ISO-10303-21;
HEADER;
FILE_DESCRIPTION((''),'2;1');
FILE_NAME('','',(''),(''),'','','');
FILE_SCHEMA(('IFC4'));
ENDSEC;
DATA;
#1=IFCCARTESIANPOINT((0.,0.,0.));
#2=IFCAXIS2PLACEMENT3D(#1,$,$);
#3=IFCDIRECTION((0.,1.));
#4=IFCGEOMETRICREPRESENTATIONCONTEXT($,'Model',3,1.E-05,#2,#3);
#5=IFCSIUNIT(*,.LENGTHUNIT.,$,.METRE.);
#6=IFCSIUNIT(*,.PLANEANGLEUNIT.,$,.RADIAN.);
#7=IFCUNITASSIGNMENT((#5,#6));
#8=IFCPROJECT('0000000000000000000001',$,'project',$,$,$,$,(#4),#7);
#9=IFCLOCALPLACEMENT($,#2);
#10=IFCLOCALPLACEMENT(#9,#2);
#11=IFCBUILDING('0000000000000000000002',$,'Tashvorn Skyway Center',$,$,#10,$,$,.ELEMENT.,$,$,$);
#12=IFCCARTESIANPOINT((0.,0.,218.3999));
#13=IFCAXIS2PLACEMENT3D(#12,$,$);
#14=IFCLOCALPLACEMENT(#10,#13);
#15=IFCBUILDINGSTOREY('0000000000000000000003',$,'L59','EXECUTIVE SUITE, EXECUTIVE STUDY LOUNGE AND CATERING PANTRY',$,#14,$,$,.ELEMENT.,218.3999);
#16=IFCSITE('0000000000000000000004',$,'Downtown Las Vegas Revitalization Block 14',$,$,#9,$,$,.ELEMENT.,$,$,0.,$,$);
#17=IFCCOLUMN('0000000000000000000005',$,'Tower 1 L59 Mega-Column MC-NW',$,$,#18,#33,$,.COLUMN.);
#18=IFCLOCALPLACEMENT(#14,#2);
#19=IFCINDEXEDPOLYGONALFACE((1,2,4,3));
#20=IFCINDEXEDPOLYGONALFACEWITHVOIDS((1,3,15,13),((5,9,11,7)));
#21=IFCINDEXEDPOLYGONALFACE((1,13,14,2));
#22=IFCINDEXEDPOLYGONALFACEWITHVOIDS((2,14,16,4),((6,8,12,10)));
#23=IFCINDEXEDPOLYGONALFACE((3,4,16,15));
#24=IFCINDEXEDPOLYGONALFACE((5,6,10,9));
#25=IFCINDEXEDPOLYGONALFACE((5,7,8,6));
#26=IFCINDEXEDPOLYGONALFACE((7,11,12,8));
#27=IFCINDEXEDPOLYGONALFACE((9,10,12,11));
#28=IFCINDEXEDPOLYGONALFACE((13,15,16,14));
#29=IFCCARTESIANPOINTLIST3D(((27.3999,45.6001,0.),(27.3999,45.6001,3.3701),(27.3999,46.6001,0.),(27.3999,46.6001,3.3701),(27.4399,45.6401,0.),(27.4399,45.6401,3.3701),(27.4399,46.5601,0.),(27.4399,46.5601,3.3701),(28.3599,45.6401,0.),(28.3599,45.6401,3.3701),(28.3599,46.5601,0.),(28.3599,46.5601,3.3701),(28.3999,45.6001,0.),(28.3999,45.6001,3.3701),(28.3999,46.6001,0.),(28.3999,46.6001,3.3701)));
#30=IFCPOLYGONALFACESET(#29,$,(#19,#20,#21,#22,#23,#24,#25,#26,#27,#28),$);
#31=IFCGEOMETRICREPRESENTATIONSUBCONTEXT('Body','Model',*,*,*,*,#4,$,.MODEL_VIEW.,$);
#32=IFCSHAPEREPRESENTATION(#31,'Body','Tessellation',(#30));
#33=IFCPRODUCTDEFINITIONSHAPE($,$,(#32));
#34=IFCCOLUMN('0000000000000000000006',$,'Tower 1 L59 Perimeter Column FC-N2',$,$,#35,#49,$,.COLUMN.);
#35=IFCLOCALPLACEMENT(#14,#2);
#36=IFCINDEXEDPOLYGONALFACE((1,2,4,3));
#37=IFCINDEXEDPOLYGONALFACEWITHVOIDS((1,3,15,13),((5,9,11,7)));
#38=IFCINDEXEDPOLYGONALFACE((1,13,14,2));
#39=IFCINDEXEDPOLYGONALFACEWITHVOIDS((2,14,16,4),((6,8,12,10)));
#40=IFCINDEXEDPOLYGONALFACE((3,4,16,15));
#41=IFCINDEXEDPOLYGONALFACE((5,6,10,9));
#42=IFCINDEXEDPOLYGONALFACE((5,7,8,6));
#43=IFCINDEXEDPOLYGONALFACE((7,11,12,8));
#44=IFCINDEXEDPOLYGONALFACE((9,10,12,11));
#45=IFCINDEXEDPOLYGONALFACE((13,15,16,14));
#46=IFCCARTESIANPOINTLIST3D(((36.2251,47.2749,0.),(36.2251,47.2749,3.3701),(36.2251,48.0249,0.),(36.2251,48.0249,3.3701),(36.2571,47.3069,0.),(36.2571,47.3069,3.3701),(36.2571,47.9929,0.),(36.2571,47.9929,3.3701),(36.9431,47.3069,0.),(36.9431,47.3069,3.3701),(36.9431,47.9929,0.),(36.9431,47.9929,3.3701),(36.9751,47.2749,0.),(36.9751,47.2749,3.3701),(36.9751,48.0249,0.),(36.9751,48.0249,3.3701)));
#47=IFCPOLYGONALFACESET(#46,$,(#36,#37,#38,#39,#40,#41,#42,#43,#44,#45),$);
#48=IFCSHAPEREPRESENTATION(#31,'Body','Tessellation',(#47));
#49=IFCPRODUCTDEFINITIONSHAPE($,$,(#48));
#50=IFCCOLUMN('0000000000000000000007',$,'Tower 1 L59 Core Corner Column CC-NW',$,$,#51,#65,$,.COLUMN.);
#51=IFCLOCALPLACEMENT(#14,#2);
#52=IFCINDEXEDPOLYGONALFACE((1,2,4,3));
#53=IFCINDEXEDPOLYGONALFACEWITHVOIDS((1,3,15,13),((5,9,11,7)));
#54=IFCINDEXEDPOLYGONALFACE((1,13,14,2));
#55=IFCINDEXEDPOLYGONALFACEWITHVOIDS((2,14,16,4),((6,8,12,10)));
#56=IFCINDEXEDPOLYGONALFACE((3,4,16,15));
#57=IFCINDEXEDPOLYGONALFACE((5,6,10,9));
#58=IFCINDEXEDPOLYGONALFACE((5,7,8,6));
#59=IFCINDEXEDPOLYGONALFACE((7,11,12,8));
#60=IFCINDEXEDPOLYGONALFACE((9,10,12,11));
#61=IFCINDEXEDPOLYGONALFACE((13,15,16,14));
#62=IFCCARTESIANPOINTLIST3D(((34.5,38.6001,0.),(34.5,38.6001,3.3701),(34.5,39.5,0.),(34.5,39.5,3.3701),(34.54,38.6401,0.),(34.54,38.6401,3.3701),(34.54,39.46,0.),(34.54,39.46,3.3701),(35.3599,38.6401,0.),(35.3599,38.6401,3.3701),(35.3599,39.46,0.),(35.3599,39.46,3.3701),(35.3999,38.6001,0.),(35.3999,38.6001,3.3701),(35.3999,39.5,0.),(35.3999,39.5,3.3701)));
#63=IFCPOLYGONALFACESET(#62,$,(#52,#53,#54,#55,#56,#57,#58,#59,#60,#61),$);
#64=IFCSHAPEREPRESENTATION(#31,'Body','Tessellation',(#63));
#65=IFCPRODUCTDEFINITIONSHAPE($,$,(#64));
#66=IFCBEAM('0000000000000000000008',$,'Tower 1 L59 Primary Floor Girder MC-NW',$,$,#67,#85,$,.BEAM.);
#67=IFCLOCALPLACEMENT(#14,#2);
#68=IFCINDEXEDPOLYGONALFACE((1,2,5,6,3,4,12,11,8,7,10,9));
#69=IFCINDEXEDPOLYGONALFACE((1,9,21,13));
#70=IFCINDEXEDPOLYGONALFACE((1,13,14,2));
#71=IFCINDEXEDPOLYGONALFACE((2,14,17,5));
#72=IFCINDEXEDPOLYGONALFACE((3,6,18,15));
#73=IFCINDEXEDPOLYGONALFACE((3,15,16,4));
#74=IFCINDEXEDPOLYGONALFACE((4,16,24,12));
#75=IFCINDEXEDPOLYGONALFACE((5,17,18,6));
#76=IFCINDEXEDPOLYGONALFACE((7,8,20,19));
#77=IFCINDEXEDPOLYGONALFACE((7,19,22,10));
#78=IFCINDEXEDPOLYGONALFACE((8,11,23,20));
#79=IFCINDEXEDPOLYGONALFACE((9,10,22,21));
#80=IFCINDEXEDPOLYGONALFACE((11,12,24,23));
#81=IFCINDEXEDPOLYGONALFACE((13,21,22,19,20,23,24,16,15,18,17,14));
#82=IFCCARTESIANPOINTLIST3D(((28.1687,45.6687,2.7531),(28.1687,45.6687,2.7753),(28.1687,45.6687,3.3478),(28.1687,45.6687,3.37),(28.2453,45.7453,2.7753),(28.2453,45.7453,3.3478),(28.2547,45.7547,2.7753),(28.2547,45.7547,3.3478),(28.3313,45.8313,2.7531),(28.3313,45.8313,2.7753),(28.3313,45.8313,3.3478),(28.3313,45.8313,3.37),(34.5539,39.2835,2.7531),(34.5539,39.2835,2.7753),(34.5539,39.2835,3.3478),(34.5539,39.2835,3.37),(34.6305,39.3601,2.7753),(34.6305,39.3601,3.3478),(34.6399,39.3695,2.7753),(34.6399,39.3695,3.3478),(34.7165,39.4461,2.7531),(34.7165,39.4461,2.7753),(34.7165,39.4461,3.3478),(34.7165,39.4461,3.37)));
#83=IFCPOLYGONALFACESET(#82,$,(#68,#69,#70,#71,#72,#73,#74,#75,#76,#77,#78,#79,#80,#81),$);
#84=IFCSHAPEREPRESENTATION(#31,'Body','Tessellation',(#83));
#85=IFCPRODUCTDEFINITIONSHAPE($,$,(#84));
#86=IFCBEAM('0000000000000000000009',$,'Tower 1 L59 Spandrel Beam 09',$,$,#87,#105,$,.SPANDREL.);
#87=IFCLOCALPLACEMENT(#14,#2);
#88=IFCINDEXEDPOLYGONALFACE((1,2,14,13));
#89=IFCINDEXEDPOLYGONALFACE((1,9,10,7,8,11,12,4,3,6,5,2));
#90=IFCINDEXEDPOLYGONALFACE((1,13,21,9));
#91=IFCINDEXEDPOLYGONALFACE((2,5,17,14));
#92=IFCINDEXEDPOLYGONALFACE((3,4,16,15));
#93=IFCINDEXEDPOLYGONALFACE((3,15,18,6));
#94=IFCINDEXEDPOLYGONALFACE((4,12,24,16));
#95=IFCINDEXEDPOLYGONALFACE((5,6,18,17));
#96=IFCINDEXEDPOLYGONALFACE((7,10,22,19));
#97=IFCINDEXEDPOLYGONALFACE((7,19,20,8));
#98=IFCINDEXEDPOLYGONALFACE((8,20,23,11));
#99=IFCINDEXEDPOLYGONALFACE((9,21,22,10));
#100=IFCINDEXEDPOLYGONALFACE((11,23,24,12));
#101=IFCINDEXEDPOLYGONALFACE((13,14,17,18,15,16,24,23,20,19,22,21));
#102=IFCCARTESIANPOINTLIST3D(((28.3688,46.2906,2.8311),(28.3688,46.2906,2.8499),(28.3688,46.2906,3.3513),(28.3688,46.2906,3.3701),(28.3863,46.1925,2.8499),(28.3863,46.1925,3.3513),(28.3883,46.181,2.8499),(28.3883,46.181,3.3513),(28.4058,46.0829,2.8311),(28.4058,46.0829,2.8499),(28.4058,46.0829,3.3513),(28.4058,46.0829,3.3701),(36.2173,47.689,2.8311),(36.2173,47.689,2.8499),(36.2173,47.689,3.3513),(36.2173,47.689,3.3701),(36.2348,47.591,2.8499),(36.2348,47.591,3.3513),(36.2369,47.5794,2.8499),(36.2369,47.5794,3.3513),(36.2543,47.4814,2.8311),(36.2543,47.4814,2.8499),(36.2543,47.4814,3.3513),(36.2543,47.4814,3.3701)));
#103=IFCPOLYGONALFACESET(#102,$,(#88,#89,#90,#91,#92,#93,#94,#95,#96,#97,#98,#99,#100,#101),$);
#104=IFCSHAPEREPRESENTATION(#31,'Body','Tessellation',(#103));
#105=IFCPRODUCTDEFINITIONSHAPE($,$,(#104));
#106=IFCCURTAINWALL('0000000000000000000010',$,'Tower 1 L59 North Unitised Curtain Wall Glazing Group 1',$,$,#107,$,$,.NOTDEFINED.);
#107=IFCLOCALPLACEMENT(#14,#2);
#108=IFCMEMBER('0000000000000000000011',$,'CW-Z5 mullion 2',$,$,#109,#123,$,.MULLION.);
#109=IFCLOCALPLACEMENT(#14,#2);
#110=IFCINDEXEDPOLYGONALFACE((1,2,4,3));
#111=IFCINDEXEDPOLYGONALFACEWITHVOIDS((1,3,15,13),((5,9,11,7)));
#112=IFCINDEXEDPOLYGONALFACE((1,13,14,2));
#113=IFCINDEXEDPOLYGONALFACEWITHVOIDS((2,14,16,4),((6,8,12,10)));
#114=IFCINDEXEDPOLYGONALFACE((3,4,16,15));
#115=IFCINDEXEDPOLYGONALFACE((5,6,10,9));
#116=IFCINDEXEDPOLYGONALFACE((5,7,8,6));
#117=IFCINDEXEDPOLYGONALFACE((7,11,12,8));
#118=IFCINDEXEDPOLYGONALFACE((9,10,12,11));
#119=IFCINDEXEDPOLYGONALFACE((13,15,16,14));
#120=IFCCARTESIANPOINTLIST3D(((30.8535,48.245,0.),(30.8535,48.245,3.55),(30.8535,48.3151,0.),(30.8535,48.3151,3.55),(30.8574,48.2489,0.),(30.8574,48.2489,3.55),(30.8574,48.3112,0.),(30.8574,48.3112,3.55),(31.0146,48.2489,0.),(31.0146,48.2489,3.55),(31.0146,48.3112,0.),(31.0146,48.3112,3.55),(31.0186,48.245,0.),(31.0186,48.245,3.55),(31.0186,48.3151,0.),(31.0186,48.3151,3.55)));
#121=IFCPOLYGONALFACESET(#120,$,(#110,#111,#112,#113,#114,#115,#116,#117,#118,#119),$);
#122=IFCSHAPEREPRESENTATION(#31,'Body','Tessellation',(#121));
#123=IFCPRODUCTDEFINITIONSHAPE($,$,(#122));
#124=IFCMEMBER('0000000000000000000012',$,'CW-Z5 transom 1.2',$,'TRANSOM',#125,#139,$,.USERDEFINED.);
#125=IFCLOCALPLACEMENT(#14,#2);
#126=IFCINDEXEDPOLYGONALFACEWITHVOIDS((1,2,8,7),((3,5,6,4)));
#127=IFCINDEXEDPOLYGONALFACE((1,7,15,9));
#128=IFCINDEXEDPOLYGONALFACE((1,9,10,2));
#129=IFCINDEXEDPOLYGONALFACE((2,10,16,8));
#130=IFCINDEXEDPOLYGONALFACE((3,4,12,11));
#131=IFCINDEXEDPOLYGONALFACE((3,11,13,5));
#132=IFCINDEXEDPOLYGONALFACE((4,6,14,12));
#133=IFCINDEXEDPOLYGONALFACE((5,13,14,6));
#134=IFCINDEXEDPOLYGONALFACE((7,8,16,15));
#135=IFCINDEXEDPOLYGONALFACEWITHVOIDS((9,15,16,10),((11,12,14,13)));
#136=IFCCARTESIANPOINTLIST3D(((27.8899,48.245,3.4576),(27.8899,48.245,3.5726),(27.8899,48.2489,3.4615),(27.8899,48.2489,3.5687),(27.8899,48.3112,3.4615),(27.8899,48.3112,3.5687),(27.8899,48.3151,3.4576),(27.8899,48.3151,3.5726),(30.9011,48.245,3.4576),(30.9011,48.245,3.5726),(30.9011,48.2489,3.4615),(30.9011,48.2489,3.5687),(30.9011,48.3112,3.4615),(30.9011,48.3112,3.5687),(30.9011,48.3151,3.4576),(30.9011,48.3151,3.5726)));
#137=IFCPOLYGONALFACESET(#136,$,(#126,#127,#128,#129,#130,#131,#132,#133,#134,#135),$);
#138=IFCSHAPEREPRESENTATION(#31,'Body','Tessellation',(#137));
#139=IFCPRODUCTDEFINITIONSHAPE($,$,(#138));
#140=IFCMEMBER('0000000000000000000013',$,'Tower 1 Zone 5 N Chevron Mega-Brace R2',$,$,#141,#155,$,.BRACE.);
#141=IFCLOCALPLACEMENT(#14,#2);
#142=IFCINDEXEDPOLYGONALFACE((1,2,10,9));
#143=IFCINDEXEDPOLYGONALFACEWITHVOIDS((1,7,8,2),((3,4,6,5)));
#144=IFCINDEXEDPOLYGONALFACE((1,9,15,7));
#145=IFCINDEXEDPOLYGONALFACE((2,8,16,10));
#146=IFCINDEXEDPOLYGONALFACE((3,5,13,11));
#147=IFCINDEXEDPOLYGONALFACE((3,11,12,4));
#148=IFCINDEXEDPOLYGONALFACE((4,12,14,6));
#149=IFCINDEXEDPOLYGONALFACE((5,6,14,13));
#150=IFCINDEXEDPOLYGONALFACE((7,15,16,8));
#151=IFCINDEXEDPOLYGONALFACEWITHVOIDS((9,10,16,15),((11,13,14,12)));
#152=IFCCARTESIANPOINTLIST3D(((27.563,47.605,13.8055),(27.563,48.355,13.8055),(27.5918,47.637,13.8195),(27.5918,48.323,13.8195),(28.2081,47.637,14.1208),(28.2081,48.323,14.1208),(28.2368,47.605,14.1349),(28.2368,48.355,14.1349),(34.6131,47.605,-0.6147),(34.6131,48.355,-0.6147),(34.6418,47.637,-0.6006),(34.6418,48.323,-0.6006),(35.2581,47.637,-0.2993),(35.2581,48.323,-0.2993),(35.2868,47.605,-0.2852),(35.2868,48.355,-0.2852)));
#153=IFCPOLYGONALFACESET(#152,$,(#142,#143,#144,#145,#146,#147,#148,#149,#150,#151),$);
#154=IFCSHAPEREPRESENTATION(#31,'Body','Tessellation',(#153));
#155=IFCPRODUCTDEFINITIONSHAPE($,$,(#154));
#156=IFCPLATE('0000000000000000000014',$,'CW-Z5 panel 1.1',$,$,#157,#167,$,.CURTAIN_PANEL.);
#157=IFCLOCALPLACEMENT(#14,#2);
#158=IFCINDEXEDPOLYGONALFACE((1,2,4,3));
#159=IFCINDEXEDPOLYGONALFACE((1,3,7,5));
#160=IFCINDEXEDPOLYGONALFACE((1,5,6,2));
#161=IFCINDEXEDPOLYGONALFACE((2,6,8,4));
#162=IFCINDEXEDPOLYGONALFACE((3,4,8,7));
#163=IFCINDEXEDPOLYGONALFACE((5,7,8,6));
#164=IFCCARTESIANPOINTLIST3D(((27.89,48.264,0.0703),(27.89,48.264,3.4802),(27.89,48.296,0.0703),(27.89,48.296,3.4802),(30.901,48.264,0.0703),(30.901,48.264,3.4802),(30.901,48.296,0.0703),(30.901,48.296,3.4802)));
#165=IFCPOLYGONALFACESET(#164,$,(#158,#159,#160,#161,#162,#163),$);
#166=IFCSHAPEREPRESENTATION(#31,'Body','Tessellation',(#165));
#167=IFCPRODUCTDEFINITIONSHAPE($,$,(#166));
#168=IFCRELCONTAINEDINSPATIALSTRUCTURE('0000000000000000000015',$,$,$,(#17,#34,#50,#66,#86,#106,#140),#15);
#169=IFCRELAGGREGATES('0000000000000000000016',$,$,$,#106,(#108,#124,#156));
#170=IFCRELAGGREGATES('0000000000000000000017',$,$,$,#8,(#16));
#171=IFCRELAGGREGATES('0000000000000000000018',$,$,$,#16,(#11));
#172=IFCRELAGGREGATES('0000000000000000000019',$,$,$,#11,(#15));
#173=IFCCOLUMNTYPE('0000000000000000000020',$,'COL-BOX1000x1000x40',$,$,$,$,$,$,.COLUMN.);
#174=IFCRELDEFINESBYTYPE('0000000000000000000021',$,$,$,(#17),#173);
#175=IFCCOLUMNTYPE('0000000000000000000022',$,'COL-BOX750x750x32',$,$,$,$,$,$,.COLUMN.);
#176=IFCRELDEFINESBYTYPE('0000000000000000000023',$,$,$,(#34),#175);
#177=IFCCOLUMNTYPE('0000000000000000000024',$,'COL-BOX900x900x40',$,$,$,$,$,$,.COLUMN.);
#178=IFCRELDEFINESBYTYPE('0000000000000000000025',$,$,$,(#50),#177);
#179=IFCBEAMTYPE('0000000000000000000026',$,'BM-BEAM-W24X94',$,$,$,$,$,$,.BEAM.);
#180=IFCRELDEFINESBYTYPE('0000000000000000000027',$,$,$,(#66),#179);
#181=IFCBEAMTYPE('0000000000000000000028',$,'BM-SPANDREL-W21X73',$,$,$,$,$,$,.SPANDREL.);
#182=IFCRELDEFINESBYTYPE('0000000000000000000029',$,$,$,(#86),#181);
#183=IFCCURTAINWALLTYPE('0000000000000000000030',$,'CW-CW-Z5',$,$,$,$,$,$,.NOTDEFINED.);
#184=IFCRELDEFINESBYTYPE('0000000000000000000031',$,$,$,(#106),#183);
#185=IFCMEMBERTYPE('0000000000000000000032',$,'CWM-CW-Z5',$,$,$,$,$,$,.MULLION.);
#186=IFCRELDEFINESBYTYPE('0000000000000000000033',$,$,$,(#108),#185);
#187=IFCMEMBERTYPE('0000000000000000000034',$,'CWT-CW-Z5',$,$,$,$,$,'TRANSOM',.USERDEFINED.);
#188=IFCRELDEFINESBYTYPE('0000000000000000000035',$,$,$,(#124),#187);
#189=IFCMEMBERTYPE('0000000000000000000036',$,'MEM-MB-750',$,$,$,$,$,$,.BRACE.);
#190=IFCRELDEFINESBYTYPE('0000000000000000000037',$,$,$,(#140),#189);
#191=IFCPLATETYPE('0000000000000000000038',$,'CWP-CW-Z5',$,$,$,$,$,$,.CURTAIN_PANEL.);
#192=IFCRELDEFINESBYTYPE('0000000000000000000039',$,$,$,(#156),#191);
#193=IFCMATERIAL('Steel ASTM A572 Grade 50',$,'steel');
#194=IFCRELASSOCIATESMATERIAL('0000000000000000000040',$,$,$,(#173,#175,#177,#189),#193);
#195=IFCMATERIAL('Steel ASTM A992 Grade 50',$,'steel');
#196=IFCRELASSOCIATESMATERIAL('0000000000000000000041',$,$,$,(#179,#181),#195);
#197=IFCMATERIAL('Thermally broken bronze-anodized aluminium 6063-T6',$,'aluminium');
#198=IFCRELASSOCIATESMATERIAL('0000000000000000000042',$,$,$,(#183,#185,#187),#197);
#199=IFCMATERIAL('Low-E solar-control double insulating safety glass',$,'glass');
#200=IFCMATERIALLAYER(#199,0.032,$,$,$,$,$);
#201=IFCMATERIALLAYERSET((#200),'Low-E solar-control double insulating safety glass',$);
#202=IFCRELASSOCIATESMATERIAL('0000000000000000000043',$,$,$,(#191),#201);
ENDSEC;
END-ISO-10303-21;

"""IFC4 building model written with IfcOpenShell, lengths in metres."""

from ifc_helpers import new_model, si_unit, direction, frame, origin, origin_2d, place, context, subcontext, project, spatial, rectangle, hollow_rectangle, i_section, extrude, material, layer, layer_set, material_profile, profile_set, type_object, element, aggregate, save


model = new_model("IFC4")

# Units and contexts
model_context = context("Model", 3, precision=1e-05, world=origin(), true_north=direction((0.0, 1.0)))
body_context = subcontext(model_context, "Body", "Model", "MODEL_VIEW")
ifc_project = project(units=[si_unit("LENGTHUNIT", "METRE"), si_unit("PLANEANGLEUNIT", "RADIAN")], contexts=[model_context])

# Site, building, storey
site_placement = place(None, origin())
site = spatial("IfcSite", under=ifc_project, at=site_placement, Name="Downtown Las Vegas Revitalization Block 14", CompositionType="ELEMENT", RefElevation=0.0)
building_placement = place(site_placement, origin())
building = spatial("IfcBuilding", under=site, at=building_placement, Name="Tashvorn Skyway Center", CompositionType="ELEMENT")
storey_placement = place(building_placement, frame((0.0, 0.0, 218.3999)))
storey = spatial("IfcBuildingStorey", under=building, at=storey_placement, Name="L59", Description="EXECUTIVE SUITE, EXECUTIVE STUDY LOUNGE AND CATERING PANTRY", CompositionType="ELEMENT", Elevation=218.3999)

# Columns
ifc_material_1 = material(Name="Steel ASTM A572 Grade 50", Category="steel")
ifc_material_profile_1 = material_profile(ifc_material_1, hollow_rectangle(XDim=1.0, YDim=1.0, WallThickness=0.04, at=origin_2d()), Name="BOX1000x1000x40")
ifc_profile_set_1 = profile_set([ifc_material_profile_1], Name="Steel ASTM A572 Grade 50")
column_type_1 = type_object("IfcColumnType", Name="COL-BOX1000x1000x40", PredefinedType="COLUMN", material=ifc_profile_set_1)
column_1_placement = place(storey_placement, frame((27.8999, 46.1001, 0.0), z_axis=(0.0, 0.0, 1.0), x_axis=(1.0, 0.0, 0.0)))
element("IfcColumn", 1, at=column_1_placement, inside=storey, type_object=column_type_1, Name="Tower 1 L59 Mega-Column MC-NW", PredefinedType="COLUMN", context=body_context, shape_type="SweptSolid", body=[
    extrude(hollow_rectangle(XDim=1.0, YDim=1.0, WallThickness=0.04, at=origin_2d()), origin(), (0.0, 0.0, 1.0), 3.3701),
])
ifc_material_profile_2 = material_profile(ifc_material_1, hollow_rectangle(XDim=0.75, YDim=0.75, WallThickness=0.032, at=origin_2d()), Name="BOX750x750x32")
ifc_profile_set_2 = profile_set([ifc_material_profile_2], Name="Steel ASTM A572 Grade 50")
column_type_2 = type_object("IfcColumnType", Name="COL-BOX750x750x32", PredefinedType="COLUMN", material=ifc_profile_set_2)
column_2_placement = place(storey_placement, frame((36.6001, 47.6499, 0.0), z_axis=(0.0, 0.0, 1.0), x_axis=(1.0, 0.0, 0.0)))
element("IfcColumn", 2, at=column_2_placement, inside=storey, type_object=column_type_2, Name="Tower 1 L59 Perimeter Column FC-N2", PredefinedType="COLUMN", context=body_context, shape_type="SweptSolid", body=[
    extrude(hollow_rectangle(XDim=0.75, YDim=0.75, WallThickness=0.032, at=origin_2d()), origin(), (0.0, 0.0, 1.0), 3.3701),
])
ifc_material_profile_3 = material_profile(ifc_material_1, hollow_rectangle(XDim=0.8999, YDim=0.8999, WallThickness=0.04, at=origin_2d()), Name="BOX900x900x40")
ifc_profile_set_3 = profile_set([ifc_material_profile_3], Name="Steel ASTM A572 Grade 50")
column_type_3 = type_object("IfcColumnType", Name="COL-BOX900x900x40", PredefinedType="COLUMN", material=ifc_profile_set_3)
column_3_placement = place(storey_placement, frame((34.95, 39.05, 0.0), z_axis=(0.0, 0.0, 1.0), x_axis=(1.0, 0.0, 0.0)))
element("IfcColumn", 3, at=column_3_placement, inside=storey, type_object=column_type_3, Name="Tower 1 L59 Core Corner Column CC-NW", PredefinedType="COLUMN", context=body_context, shape_type="SweptSolid", body=[
    extrude(hollow_rectangle(XDim=0.8999, YDim=0.8999, WallThickness=0.04, at=origin_2d()), origin(), (0.0, 0.0, 1.0), 3.3701),
])

# Beams
ifc_material_2 = material(Name="Steel ASTM A992 Grade 50", Category="steel")
ifc_material_profile_4 = material_profile(ifc_material_2, i_section(OverallWidth=0.23, OverallDepth=0.6169, WebThickness=0.0132, FlangeThickness=0.0222, at=origin_2d()), Name="W24X94")
ifc_profile_set_4 = profile_set([ifc_material_profile_4], Name="Steel ASTM A992 Grade 50")
beam_type_1 = type_object("IfcBeamType", Name="BM-BEAM-W24X94", PredefinedType="BEAM", material=ifc_profile_set_4)
beam_1_placement = place(storey_placement, frame((28.25, 45.75, 3.0615), z_axis=(0.707107, -0.707107, 0.0), x_axis=(0.707107, 0.707107, 0.0)))
element("IfcBeam", 4, at=beam_1_placement, inside=storey, type_object=beam_type_1, Name="Tower 1 L59 Primary Floor Girder MC-NW", PredefinedType="BEAM", context=body_context, shape_type="SweptSolid", body=[
    extrude(i_section(OverallWidth=0.23, OverallDepth=0.6169, WebThickness=0.0132, FlangeThickness=0.0222, at=origin_2d()), origin(), (0.0, 0.0, 1.0), 9.03),
])
ifc_material_profile_5 = material_profile(ifc_material_2, i_section(OverallWidth=0.2109, OverallDepth=0.5391, WebThickness=0.0117, FlangeThickness=0.0188, at=origin_2d()), Name="W21X73")
ifc_profile_set_5 = profile_set([ifc_material_profile_5], Name="Steel ASTM A992 Grade 50")
beam_type_2 = type_object("IfcBeamType", Name="BM-SPANDREL-W21X73", PredefinedType="SPANDREL", material=ifc_profile_set_5)
beam_2_placement = place(storey_placement, frame((36.2358, 47.5852, 3.1006), z_axis=(-0.984495, -0.175413, 0.0), x_axis=(0.175413, -0.984495, 0.0)))
element("IfcBeam", 5, at=beam_2_placement, inside=storey, type_object=beam_type_2, Name="Tower 1 L59 Spandrel Beam 09", PredefinedType="SPANDREL", context=body_context, shape_type="SweptSolid", body=[
    extrude(i_section(OverallWidth=0.2109, OverallDepth=0.5391, WebThickness=0.0117, FlangeThickness=0.0188, at=origin_2d()), origin(), (0.0, 0.0, 1.0), 7.9722),
])

# Curtain wall, members
ifc_material_3 = material(Name="Thermally broken bronze-anodized aluminium 6063-T6", Category="aluminium")
curtain_wall_type = type_object("IfcCurtainWallType", Name="CW-CW-Z5", PredefinedType="NOTDEFINED", material=ifc_material_3)
curtain_wall_placement = place(storey_placement, origin())
curtain_wall = element("IfcCurtainWall", 6, at=curtain_wall_placement, inside=storey, type_object=curtain_wall_type, Name="Tower 1 L59 North Unitised Curtain Wall Glazing Group 1", PredefinedType="NOTDEFINED")
ifc_material_profile_6 = material_profile(ifc_material_3, hollow_rectangle(XDim=0.0701, YDim=0.165, WallThickness=0.0039, at=origin_2d()), Name="ALU-MULL-70x165")
ifc_profile_set_6 = profile_set([ifc_material_profile_6], Name="Thermally broken bronze-anodized aluminium 6063-T6")
member_type_1 = type_object("IfcMemberType", Name="CWM-CW-Z5", PredefinedType="MULLION", material=ifc_profile_set_6)
member_1_placement = place(storey_placement, frame((30.936, 48.28, 0.0), z_axis=(0.0, 0.0, 1.0), x_axis=(0.0, 1.0, 0.0)))
member_1 = element("IfcMember", 7, at=member_1_placement, type_object=member_type_1, Name="CW-Z5 mullion 2", PredefinedType="MULLION", context=body_context, shape_type="SweptSolid", body=[
    extrude(hollow_rectangle(XDim=0.0701, YDim=0.165, WallThickness=0.0039, at=origin_2d()), origin(), (0.0, 0.0, 1.0), 3.55),
])
ifc_material_profile_7 = material_profile(ifc_material_3, hollow_rectangle(XDim=0.0701, YDim=0.115, WallThickness=0.0039, at=origin_2d()), Name="ALU-TRAN-70x115")
ifc_profile_set_7 = profile_set([ifc_material_profile_7], Name="Thermally broken bronze-anodized aluminium 6063-T6")
member_type_2 = type_object("IfcMemberType", Name="CWT-CW-Z5", ElementType="TRANSOM", PredefinedType="USERDEFINED", material=ifc_profile_set_7)
member_2_placement = place(storey_placement, frame((27.8899, 48.28, 3.5151), z_axis=(1.0, 0.0, 0.0), x_axis=(0.0, 1.0, 0.0)))
member_2 = element("IfcMember", 8, at=member_2_placement, type_object=member_type_2, Name="CW-Z5 transom 1.2", ObjectType="TRANSOM", PredefinedType="USERDEFINED", context=body_context, shape_type="SweptSolid", body=[
    extrude(hollow_rectangle(XDim=0.0701, YDim=0.115, WallThickness=0.0039, at=origin_2d()), origin(), (0.0, 0.0, 1.0), 3.0112),
])

# Member
ifc_material_profile_8 = material_profile(ifc_material_1, hollow_rectangle(XDim=0.75, YDim=0.75, WallThickness=0.032, at=origin_2d()), Name="BOX750x750x32")
ifc_profile_set_8 = profile_set([ifc_material_profile_8], Name="Steel ASTM A572 Grade 50")
member_type_3 = type_object("IfcMemberType", Name="MEM-MB-750", PredefinedType="BRACE", material=ifc_profile_set_8)
member_3_placement = place(storey_placement, frame((34.95, 47.98, -0.45), z_axis=(-0.43922, 0.0, 0.89838), x_axis=(0.0, -1.0, 0.0)))
element("IfcMember", 9, at=member_3_placement, inside=storey, type_object=member_type_3, Name="Tower 1 Zone 5 N Chevron Mega-Brace R2", PredefinedType="BRACE", context=body_context, shape_type="SweptSolid", body=[
    extrude(hollow_rectangle(XDim=0.75, YDim=0.75, WallThickness=0.032, at=origin_2d()), origin(), (0.0, 0.0, 1.0), 16.0513),
])

# Plate
ifc_material_4 = material(Name="Low-E solar-control double insulating safety glass", Category="glass")
ifc_layer_1 = layer(ifc_material_4, 0.032)
ifc_layer_set_1 = layer_set([ifc_layer_1], Name="Low-E solar-control double insulating safety glass")
plate_type_1 = type_object("IfcPlateType", Name="CWP-CW-Z5", PredefinedType="CURTAIN_PANEL", material=ifc_layer_set_1)
plate_1_placement = place(storey_placement, frame((29.3955, 48.28, 0.0703), z_axis=(0.0, 0.0, 1.0), x_axis=(1.0, 0.0, 0.0)))
plate_1 = element("IfcPlate", 10, at=plate_1_placement, type_object=plate_type_1, Name="CW-Z5 panel 1.1", PredefinedType="CURTAIN_PANEL", context=body_context, shape_type="SweptSolid", body=[
    extrude(rectangle(XDim=3.011, YDim=0.032, at=origin_2d()), origin(), (0.0, 0.0, 1.0), 3.4099),
])
aggregate(curtain_wall, [member_1, member_2, plate_1])

save(model, "model.ifc")
